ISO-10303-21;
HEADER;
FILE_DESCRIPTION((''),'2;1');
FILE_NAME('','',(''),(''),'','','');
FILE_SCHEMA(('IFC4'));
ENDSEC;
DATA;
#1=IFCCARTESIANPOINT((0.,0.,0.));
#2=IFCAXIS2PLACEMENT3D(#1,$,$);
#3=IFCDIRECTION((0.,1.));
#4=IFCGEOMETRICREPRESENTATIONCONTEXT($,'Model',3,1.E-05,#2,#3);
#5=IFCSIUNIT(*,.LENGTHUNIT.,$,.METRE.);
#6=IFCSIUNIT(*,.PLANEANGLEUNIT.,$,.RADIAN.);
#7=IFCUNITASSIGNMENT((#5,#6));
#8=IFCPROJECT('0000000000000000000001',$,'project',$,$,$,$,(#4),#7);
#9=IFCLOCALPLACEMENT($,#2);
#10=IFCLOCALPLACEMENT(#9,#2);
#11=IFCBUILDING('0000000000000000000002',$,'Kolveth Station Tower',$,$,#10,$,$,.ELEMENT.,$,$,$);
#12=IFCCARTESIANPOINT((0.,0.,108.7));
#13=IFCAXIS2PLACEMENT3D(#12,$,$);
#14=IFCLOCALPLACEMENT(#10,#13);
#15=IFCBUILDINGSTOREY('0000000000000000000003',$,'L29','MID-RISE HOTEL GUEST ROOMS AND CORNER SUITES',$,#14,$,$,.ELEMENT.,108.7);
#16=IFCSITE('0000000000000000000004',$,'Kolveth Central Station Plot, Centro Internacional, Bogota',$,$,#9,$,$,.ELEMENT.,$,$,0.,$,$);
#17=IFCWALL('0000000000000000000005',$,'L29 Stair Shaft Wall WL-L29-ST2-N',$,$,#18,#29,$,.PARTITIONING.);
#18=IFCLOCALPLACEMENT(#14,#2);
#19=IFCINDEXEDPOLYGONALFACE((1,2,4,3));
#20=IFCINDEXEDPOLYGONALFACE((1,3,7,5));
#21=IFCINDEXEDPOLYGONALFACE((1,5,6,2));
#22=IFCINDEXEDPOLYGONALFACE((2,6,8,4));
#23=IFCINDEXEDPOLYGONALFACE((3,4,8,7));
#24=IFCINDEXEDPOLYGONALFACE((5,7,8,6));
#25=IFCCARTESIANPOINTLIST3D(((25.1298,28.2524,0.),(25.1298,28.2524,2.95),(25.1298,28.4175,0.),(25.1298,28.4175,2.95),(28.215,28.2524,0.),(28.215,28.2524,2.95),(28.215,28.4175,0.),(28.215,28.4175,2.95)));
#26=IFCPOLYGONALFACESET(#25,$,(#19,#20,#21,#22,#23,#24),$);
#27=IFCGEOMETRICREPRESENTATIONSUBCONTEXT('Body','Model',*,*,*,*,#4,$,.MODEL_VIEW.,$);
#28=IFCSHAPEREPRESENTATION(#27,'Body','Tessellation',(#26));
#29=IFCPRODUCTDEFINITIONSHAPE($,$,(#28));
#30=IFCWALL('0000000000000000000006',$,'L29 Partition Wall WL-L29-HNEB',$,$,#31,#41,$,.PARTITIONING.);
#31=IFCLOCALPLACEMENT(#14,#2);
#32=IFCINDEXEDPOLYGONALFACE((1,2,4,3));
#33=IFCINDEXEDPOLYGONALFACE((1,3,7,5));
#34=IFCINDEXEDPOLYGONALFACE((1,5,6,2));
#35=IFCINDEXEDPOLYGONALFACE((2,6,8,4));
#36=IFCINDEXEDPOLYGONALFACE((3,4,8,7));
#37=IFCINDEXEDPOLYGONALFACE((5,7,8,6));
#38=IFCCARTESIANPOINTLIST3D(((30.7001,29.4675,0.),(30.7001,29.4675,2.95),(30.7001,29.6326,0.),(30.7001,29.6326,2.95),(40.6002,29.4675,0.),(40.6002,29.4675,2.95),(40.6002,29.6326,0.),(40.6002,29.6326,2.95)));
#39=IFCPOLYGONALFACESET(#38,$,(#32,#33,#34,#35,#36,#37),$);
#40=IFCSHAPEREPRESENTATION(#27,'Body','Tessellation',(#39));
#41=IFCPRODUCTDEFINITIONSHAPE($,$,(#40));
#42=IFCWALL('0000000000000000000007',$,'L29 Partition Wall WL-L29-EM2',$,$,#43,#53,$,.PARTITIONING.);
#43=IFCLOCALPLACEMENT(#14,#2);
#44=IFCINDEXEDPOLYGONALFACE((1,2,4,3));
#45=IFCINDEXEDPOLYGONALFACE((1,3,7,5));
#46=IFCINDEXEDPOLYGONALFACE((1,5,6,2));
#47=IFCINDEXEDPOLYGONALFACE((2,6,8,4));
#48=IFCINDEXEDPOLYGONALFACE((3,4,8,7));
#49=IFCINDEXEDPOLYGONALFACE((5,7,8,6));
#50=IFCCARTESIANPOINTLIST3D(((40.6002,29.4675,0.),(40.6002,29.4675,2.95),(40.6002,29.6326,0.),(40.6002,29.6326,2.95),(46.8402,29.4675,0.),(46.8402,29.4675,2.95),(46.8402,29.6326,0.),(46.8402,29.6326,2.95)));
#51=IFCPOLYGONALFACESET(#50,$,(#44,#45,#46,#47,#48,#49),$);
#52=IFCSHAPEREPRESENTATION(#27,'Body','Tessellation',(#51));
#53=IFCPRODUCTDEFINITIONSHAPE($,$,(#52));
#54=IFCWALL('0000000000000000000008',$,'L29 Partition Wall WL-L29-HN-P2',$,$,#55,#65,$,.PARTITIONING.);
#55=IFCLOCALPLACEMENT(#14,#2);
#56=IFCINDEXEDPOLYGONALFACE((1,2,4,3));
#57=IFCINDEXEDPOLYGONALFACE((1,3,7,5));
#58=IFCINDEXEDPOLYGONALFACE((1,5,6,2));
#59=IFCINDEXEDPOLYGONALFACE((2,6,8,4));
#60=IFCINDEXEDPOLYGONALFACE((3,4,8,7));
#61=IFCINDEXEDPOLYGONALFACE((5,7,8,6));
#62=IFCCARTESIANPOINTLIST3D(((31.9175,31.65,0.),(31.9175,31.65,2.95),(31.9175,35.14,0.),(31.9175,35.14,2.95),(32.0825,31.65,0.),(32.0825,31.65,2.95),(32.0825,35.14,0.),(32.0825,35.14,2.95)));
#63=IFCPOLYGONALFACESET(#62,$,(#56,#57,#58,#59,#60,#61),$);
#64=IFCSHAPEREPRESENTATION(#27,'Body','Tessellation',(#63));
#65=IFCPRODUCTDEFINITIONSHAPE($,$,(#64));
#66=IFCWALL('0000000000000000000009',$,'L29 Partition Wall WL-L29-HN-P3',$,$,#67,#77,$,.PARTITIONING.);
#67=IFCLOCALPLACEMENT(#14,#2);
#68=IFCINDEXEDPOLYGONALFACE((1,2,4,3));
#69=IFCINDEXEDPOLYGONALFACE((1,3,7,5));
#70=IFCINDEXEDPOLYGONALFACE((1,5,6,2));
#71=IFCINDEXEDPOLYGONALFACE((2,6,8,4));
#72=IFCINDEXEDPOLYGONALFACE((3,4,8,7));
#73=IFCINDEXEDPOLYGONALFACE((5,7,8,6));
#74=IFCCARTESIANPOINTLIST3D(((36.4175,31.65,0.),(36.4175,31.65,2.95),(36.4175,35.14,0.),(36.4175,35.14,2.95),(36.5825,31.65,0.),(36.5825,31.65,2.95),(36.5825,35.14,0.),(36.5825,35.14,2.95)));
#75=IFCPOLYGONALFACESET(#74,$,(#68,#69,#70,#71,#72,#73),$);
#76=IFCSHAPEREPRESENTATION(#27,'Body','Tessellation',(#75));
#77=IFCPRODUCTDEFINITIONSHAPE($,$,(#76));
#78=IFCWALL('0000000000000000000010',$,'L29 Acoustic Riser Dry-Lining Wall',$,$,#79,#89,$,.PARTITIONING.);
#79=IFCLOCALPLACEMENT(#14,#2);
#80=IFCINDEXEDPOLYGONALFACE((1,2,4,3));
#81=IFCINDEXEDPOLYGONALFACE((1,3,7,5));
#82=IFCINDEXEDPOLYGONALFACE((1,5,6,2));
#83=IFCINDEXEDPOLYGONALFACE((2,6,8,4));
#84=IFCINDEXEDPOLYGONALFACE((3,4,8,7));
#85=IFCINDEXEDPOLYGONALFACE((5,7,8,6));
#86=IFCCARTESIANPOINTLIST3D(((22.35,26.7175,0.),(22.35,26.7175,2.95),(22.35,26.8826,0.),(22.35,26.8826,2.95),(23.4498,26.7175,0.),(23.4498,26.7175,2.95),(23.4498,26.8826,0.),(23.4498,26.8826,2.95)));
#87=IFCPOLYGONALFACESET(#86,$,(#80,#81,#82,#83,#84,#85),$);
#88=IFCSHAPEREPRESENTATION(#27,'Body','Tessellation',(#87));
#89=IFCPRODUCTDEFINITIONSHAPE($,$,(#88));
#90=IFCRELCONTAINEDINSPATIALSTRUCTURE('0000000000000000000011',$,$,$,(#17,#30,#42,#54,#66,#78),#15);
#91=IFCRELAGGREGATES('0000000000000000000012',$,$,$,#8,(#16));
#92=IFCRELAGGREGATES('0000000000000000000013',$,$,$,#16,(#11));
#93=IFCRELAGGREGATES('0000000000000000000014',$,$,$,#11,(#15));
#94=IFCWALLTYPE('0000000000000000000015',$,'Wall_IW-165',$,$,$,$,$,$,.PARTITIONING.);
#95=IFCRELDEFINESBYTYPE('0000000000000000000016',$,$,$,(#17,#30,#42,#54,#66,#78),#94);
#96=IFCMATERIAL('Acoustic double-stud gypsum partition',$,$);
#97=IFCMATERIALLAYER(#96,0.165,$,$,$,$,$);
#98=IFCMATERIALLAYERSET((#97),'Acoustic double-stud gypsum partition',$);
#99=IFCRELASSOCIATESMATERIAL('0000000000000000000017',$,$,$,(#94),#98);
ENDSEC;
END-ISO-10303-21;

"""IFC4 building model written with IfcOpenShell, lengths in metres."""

from ifc_helpers import new_model, si_unit, direction, frame, frame_2d, origin, place, context, subcontext, project, spatial, rectangle, extrude, material, layer, layer_set, type_object, element, save


model = new_model("IFC4")

# Units and contexts
model_context = context("Model", 3, precision=1e-05, world=origin(), true_north=direction((0.0, 1.0)))
body_context = subcontext(model_context, "Body", "Model", "MODEL_VIEW")
ifc_project = project(units=[si_unit("LENGTHUNIT", "METRE"), si_unit("PLANEANGLEUNIT", "RADIAN")], contexts=[model_context])

# Site, building, storey
site_placement = place(None, origin())
site = spatial("IfcSite", under=ifc_project, at=site_placement, Name="Kolveth Central Station Plot, Centro Internacional, Bogota", CompositionType="ELEMENT", RefElevation=0.0)
building_placement = place(site_placement, origin())
building = spatial("IfcBuilding", under=site, at=building_placement, Name="Kolveth Station Tower", CompositionType="ELEMENT")
storey_placement = place(building_placement, frame((0.0, 0.0, 108.7)))
storey = spatial("IfcBuildingStorey", under=building, at=storey_placement, Name="L29", Description="MID-RISE HOTEL GUEST ROOMS AND CORNER SUITES", CompositionType="ELEMENT", Elevation=108.7)

# Walls
ifc_material_1 = material(Name="Acoustic double-stud gypsum partition")
ifc_layer_1 = layer(ifc_material_1, 0.165)
ifc_layer_set_1 = layer_set([ifc_layer_1], Name="Acoustic double-stud gypsum partition")
wall_type = type_object("IfcWallType", Name="Wall_IW-165", PredefinedType="PARTITIONING", material=ifc_layer_set_1)
wall_1_placement = place(storey_placement, frame((25.1299, 28.335, 0.0), z_axis=(0.0, 0.0, 1.0), x_axis=(1.0, 0.0, 0.0)))
element("IfcWall", 1, at=wall_1_placement, inside=storey, type_object=wall_type, Name="L29 Stair Shaft Wall WL-L29-ST2-N", PredefinedType="PARTITIONING", context=body_context, shape_type="SweptSolid", body=[
    extrude(rectangle(XDim=3.0852, YDim=0.165, at=frame_2d((1.5425, 0.0))), origin(), (0.0, 0.0, 1.0), 2.95),
])
wall_2_placement = place(storey_placement, frame((30.7, 29.55, 0.0), z_axis=(0.0, 0.0, 1.0), x_axis=(1.0, 0.0, 0.0)))
element("IfcWall", 2, at=wall_2_placement, inside=storey, type_object=wall_type, Name="L29 Partition Wall WL-L29-HNEB", PredefinedType="PARTITIONING", context=body_context, shape_type="SweptSolid", body=[
    extrude(rectangle(XDim=9.9001, YDim=0.165, at=frame_2d((4.9502, 0.0))), origin(), (0.0, 0.0, 1.0), 2.95),
])

# Walls
wall_3_placement = place(storey_placement, frame((40.6001, 29.55, 0.0), z_axis=(0.0, 0.0, 1.0), x_axis=(1.0, 0.0, 0.0)))
element("IfcWall", 3, at=wall_3_placement, inside=storey, type_object=wall_type, Name="L29 Partition Wall WL-L29-EM2", PredefinedType="PARTITIONING", context=body_context, shape_type="SweptSolid", body=[
    extrude(rectangle(XDim=6.24, YDim=0.165, at=frame_2d((3.1201, 0.0))), origin(), (0.0, 0.0, 1.0), 2.95),
])
for number, where, z_axis, x_axis, name in (
    (4, (32.0, 31.6499, 0.0), (0.0, 0.0, 1.0), (0.0, 1.0, 0.0), "L29 Partition Wall WL-L29-HN-P2"),
    (5, (36.5, 31.6499, 0.0), (0.0, 0.0, 1.0), (0.0, 1.0, 0.0), "L29 Partition Wall WL-L29-HN-P3"),
):
    element("IfcWall", number, at=place(storey_placement, frame(where, z_axis=z_axis, x_axis=x_axis)), inside=storey, type_object=wall_type, Name=name, PredefinedType="PARTITIONING", context=body_context, shape_type="SweptSolid", body=[
        extrude(rectangle(XDim=3.49, YDim=0.165, at=frame_2d((1.7451, 0.0))), origin(), (0.0, 0.0, 1.0), 2.95),
    ])
wall_4_placement = place(storey_placement, frame((22.3501, 26.8, 0.0), z_axis=(0.0, 0.0, 1.0), x_axis=(1.0, 0.0, 0.0)))
element("IfcWall", 6, at=wall_4_placement, inside=storey, type_object=wall_type, Name="L29 Acoustic Riser Dry-Lining Wall", PredefinedType="PARTITIONING", context=body_context, shape_type="SweptSolid", body=[
    extrude(rectangle(XDim=1.0999, YDim=0.165, at=frame_2d((0.5498, 0.0))), origin(), (0.0, 0.0, 1.0), 2.95),
])

save(model, "model.ifc")
